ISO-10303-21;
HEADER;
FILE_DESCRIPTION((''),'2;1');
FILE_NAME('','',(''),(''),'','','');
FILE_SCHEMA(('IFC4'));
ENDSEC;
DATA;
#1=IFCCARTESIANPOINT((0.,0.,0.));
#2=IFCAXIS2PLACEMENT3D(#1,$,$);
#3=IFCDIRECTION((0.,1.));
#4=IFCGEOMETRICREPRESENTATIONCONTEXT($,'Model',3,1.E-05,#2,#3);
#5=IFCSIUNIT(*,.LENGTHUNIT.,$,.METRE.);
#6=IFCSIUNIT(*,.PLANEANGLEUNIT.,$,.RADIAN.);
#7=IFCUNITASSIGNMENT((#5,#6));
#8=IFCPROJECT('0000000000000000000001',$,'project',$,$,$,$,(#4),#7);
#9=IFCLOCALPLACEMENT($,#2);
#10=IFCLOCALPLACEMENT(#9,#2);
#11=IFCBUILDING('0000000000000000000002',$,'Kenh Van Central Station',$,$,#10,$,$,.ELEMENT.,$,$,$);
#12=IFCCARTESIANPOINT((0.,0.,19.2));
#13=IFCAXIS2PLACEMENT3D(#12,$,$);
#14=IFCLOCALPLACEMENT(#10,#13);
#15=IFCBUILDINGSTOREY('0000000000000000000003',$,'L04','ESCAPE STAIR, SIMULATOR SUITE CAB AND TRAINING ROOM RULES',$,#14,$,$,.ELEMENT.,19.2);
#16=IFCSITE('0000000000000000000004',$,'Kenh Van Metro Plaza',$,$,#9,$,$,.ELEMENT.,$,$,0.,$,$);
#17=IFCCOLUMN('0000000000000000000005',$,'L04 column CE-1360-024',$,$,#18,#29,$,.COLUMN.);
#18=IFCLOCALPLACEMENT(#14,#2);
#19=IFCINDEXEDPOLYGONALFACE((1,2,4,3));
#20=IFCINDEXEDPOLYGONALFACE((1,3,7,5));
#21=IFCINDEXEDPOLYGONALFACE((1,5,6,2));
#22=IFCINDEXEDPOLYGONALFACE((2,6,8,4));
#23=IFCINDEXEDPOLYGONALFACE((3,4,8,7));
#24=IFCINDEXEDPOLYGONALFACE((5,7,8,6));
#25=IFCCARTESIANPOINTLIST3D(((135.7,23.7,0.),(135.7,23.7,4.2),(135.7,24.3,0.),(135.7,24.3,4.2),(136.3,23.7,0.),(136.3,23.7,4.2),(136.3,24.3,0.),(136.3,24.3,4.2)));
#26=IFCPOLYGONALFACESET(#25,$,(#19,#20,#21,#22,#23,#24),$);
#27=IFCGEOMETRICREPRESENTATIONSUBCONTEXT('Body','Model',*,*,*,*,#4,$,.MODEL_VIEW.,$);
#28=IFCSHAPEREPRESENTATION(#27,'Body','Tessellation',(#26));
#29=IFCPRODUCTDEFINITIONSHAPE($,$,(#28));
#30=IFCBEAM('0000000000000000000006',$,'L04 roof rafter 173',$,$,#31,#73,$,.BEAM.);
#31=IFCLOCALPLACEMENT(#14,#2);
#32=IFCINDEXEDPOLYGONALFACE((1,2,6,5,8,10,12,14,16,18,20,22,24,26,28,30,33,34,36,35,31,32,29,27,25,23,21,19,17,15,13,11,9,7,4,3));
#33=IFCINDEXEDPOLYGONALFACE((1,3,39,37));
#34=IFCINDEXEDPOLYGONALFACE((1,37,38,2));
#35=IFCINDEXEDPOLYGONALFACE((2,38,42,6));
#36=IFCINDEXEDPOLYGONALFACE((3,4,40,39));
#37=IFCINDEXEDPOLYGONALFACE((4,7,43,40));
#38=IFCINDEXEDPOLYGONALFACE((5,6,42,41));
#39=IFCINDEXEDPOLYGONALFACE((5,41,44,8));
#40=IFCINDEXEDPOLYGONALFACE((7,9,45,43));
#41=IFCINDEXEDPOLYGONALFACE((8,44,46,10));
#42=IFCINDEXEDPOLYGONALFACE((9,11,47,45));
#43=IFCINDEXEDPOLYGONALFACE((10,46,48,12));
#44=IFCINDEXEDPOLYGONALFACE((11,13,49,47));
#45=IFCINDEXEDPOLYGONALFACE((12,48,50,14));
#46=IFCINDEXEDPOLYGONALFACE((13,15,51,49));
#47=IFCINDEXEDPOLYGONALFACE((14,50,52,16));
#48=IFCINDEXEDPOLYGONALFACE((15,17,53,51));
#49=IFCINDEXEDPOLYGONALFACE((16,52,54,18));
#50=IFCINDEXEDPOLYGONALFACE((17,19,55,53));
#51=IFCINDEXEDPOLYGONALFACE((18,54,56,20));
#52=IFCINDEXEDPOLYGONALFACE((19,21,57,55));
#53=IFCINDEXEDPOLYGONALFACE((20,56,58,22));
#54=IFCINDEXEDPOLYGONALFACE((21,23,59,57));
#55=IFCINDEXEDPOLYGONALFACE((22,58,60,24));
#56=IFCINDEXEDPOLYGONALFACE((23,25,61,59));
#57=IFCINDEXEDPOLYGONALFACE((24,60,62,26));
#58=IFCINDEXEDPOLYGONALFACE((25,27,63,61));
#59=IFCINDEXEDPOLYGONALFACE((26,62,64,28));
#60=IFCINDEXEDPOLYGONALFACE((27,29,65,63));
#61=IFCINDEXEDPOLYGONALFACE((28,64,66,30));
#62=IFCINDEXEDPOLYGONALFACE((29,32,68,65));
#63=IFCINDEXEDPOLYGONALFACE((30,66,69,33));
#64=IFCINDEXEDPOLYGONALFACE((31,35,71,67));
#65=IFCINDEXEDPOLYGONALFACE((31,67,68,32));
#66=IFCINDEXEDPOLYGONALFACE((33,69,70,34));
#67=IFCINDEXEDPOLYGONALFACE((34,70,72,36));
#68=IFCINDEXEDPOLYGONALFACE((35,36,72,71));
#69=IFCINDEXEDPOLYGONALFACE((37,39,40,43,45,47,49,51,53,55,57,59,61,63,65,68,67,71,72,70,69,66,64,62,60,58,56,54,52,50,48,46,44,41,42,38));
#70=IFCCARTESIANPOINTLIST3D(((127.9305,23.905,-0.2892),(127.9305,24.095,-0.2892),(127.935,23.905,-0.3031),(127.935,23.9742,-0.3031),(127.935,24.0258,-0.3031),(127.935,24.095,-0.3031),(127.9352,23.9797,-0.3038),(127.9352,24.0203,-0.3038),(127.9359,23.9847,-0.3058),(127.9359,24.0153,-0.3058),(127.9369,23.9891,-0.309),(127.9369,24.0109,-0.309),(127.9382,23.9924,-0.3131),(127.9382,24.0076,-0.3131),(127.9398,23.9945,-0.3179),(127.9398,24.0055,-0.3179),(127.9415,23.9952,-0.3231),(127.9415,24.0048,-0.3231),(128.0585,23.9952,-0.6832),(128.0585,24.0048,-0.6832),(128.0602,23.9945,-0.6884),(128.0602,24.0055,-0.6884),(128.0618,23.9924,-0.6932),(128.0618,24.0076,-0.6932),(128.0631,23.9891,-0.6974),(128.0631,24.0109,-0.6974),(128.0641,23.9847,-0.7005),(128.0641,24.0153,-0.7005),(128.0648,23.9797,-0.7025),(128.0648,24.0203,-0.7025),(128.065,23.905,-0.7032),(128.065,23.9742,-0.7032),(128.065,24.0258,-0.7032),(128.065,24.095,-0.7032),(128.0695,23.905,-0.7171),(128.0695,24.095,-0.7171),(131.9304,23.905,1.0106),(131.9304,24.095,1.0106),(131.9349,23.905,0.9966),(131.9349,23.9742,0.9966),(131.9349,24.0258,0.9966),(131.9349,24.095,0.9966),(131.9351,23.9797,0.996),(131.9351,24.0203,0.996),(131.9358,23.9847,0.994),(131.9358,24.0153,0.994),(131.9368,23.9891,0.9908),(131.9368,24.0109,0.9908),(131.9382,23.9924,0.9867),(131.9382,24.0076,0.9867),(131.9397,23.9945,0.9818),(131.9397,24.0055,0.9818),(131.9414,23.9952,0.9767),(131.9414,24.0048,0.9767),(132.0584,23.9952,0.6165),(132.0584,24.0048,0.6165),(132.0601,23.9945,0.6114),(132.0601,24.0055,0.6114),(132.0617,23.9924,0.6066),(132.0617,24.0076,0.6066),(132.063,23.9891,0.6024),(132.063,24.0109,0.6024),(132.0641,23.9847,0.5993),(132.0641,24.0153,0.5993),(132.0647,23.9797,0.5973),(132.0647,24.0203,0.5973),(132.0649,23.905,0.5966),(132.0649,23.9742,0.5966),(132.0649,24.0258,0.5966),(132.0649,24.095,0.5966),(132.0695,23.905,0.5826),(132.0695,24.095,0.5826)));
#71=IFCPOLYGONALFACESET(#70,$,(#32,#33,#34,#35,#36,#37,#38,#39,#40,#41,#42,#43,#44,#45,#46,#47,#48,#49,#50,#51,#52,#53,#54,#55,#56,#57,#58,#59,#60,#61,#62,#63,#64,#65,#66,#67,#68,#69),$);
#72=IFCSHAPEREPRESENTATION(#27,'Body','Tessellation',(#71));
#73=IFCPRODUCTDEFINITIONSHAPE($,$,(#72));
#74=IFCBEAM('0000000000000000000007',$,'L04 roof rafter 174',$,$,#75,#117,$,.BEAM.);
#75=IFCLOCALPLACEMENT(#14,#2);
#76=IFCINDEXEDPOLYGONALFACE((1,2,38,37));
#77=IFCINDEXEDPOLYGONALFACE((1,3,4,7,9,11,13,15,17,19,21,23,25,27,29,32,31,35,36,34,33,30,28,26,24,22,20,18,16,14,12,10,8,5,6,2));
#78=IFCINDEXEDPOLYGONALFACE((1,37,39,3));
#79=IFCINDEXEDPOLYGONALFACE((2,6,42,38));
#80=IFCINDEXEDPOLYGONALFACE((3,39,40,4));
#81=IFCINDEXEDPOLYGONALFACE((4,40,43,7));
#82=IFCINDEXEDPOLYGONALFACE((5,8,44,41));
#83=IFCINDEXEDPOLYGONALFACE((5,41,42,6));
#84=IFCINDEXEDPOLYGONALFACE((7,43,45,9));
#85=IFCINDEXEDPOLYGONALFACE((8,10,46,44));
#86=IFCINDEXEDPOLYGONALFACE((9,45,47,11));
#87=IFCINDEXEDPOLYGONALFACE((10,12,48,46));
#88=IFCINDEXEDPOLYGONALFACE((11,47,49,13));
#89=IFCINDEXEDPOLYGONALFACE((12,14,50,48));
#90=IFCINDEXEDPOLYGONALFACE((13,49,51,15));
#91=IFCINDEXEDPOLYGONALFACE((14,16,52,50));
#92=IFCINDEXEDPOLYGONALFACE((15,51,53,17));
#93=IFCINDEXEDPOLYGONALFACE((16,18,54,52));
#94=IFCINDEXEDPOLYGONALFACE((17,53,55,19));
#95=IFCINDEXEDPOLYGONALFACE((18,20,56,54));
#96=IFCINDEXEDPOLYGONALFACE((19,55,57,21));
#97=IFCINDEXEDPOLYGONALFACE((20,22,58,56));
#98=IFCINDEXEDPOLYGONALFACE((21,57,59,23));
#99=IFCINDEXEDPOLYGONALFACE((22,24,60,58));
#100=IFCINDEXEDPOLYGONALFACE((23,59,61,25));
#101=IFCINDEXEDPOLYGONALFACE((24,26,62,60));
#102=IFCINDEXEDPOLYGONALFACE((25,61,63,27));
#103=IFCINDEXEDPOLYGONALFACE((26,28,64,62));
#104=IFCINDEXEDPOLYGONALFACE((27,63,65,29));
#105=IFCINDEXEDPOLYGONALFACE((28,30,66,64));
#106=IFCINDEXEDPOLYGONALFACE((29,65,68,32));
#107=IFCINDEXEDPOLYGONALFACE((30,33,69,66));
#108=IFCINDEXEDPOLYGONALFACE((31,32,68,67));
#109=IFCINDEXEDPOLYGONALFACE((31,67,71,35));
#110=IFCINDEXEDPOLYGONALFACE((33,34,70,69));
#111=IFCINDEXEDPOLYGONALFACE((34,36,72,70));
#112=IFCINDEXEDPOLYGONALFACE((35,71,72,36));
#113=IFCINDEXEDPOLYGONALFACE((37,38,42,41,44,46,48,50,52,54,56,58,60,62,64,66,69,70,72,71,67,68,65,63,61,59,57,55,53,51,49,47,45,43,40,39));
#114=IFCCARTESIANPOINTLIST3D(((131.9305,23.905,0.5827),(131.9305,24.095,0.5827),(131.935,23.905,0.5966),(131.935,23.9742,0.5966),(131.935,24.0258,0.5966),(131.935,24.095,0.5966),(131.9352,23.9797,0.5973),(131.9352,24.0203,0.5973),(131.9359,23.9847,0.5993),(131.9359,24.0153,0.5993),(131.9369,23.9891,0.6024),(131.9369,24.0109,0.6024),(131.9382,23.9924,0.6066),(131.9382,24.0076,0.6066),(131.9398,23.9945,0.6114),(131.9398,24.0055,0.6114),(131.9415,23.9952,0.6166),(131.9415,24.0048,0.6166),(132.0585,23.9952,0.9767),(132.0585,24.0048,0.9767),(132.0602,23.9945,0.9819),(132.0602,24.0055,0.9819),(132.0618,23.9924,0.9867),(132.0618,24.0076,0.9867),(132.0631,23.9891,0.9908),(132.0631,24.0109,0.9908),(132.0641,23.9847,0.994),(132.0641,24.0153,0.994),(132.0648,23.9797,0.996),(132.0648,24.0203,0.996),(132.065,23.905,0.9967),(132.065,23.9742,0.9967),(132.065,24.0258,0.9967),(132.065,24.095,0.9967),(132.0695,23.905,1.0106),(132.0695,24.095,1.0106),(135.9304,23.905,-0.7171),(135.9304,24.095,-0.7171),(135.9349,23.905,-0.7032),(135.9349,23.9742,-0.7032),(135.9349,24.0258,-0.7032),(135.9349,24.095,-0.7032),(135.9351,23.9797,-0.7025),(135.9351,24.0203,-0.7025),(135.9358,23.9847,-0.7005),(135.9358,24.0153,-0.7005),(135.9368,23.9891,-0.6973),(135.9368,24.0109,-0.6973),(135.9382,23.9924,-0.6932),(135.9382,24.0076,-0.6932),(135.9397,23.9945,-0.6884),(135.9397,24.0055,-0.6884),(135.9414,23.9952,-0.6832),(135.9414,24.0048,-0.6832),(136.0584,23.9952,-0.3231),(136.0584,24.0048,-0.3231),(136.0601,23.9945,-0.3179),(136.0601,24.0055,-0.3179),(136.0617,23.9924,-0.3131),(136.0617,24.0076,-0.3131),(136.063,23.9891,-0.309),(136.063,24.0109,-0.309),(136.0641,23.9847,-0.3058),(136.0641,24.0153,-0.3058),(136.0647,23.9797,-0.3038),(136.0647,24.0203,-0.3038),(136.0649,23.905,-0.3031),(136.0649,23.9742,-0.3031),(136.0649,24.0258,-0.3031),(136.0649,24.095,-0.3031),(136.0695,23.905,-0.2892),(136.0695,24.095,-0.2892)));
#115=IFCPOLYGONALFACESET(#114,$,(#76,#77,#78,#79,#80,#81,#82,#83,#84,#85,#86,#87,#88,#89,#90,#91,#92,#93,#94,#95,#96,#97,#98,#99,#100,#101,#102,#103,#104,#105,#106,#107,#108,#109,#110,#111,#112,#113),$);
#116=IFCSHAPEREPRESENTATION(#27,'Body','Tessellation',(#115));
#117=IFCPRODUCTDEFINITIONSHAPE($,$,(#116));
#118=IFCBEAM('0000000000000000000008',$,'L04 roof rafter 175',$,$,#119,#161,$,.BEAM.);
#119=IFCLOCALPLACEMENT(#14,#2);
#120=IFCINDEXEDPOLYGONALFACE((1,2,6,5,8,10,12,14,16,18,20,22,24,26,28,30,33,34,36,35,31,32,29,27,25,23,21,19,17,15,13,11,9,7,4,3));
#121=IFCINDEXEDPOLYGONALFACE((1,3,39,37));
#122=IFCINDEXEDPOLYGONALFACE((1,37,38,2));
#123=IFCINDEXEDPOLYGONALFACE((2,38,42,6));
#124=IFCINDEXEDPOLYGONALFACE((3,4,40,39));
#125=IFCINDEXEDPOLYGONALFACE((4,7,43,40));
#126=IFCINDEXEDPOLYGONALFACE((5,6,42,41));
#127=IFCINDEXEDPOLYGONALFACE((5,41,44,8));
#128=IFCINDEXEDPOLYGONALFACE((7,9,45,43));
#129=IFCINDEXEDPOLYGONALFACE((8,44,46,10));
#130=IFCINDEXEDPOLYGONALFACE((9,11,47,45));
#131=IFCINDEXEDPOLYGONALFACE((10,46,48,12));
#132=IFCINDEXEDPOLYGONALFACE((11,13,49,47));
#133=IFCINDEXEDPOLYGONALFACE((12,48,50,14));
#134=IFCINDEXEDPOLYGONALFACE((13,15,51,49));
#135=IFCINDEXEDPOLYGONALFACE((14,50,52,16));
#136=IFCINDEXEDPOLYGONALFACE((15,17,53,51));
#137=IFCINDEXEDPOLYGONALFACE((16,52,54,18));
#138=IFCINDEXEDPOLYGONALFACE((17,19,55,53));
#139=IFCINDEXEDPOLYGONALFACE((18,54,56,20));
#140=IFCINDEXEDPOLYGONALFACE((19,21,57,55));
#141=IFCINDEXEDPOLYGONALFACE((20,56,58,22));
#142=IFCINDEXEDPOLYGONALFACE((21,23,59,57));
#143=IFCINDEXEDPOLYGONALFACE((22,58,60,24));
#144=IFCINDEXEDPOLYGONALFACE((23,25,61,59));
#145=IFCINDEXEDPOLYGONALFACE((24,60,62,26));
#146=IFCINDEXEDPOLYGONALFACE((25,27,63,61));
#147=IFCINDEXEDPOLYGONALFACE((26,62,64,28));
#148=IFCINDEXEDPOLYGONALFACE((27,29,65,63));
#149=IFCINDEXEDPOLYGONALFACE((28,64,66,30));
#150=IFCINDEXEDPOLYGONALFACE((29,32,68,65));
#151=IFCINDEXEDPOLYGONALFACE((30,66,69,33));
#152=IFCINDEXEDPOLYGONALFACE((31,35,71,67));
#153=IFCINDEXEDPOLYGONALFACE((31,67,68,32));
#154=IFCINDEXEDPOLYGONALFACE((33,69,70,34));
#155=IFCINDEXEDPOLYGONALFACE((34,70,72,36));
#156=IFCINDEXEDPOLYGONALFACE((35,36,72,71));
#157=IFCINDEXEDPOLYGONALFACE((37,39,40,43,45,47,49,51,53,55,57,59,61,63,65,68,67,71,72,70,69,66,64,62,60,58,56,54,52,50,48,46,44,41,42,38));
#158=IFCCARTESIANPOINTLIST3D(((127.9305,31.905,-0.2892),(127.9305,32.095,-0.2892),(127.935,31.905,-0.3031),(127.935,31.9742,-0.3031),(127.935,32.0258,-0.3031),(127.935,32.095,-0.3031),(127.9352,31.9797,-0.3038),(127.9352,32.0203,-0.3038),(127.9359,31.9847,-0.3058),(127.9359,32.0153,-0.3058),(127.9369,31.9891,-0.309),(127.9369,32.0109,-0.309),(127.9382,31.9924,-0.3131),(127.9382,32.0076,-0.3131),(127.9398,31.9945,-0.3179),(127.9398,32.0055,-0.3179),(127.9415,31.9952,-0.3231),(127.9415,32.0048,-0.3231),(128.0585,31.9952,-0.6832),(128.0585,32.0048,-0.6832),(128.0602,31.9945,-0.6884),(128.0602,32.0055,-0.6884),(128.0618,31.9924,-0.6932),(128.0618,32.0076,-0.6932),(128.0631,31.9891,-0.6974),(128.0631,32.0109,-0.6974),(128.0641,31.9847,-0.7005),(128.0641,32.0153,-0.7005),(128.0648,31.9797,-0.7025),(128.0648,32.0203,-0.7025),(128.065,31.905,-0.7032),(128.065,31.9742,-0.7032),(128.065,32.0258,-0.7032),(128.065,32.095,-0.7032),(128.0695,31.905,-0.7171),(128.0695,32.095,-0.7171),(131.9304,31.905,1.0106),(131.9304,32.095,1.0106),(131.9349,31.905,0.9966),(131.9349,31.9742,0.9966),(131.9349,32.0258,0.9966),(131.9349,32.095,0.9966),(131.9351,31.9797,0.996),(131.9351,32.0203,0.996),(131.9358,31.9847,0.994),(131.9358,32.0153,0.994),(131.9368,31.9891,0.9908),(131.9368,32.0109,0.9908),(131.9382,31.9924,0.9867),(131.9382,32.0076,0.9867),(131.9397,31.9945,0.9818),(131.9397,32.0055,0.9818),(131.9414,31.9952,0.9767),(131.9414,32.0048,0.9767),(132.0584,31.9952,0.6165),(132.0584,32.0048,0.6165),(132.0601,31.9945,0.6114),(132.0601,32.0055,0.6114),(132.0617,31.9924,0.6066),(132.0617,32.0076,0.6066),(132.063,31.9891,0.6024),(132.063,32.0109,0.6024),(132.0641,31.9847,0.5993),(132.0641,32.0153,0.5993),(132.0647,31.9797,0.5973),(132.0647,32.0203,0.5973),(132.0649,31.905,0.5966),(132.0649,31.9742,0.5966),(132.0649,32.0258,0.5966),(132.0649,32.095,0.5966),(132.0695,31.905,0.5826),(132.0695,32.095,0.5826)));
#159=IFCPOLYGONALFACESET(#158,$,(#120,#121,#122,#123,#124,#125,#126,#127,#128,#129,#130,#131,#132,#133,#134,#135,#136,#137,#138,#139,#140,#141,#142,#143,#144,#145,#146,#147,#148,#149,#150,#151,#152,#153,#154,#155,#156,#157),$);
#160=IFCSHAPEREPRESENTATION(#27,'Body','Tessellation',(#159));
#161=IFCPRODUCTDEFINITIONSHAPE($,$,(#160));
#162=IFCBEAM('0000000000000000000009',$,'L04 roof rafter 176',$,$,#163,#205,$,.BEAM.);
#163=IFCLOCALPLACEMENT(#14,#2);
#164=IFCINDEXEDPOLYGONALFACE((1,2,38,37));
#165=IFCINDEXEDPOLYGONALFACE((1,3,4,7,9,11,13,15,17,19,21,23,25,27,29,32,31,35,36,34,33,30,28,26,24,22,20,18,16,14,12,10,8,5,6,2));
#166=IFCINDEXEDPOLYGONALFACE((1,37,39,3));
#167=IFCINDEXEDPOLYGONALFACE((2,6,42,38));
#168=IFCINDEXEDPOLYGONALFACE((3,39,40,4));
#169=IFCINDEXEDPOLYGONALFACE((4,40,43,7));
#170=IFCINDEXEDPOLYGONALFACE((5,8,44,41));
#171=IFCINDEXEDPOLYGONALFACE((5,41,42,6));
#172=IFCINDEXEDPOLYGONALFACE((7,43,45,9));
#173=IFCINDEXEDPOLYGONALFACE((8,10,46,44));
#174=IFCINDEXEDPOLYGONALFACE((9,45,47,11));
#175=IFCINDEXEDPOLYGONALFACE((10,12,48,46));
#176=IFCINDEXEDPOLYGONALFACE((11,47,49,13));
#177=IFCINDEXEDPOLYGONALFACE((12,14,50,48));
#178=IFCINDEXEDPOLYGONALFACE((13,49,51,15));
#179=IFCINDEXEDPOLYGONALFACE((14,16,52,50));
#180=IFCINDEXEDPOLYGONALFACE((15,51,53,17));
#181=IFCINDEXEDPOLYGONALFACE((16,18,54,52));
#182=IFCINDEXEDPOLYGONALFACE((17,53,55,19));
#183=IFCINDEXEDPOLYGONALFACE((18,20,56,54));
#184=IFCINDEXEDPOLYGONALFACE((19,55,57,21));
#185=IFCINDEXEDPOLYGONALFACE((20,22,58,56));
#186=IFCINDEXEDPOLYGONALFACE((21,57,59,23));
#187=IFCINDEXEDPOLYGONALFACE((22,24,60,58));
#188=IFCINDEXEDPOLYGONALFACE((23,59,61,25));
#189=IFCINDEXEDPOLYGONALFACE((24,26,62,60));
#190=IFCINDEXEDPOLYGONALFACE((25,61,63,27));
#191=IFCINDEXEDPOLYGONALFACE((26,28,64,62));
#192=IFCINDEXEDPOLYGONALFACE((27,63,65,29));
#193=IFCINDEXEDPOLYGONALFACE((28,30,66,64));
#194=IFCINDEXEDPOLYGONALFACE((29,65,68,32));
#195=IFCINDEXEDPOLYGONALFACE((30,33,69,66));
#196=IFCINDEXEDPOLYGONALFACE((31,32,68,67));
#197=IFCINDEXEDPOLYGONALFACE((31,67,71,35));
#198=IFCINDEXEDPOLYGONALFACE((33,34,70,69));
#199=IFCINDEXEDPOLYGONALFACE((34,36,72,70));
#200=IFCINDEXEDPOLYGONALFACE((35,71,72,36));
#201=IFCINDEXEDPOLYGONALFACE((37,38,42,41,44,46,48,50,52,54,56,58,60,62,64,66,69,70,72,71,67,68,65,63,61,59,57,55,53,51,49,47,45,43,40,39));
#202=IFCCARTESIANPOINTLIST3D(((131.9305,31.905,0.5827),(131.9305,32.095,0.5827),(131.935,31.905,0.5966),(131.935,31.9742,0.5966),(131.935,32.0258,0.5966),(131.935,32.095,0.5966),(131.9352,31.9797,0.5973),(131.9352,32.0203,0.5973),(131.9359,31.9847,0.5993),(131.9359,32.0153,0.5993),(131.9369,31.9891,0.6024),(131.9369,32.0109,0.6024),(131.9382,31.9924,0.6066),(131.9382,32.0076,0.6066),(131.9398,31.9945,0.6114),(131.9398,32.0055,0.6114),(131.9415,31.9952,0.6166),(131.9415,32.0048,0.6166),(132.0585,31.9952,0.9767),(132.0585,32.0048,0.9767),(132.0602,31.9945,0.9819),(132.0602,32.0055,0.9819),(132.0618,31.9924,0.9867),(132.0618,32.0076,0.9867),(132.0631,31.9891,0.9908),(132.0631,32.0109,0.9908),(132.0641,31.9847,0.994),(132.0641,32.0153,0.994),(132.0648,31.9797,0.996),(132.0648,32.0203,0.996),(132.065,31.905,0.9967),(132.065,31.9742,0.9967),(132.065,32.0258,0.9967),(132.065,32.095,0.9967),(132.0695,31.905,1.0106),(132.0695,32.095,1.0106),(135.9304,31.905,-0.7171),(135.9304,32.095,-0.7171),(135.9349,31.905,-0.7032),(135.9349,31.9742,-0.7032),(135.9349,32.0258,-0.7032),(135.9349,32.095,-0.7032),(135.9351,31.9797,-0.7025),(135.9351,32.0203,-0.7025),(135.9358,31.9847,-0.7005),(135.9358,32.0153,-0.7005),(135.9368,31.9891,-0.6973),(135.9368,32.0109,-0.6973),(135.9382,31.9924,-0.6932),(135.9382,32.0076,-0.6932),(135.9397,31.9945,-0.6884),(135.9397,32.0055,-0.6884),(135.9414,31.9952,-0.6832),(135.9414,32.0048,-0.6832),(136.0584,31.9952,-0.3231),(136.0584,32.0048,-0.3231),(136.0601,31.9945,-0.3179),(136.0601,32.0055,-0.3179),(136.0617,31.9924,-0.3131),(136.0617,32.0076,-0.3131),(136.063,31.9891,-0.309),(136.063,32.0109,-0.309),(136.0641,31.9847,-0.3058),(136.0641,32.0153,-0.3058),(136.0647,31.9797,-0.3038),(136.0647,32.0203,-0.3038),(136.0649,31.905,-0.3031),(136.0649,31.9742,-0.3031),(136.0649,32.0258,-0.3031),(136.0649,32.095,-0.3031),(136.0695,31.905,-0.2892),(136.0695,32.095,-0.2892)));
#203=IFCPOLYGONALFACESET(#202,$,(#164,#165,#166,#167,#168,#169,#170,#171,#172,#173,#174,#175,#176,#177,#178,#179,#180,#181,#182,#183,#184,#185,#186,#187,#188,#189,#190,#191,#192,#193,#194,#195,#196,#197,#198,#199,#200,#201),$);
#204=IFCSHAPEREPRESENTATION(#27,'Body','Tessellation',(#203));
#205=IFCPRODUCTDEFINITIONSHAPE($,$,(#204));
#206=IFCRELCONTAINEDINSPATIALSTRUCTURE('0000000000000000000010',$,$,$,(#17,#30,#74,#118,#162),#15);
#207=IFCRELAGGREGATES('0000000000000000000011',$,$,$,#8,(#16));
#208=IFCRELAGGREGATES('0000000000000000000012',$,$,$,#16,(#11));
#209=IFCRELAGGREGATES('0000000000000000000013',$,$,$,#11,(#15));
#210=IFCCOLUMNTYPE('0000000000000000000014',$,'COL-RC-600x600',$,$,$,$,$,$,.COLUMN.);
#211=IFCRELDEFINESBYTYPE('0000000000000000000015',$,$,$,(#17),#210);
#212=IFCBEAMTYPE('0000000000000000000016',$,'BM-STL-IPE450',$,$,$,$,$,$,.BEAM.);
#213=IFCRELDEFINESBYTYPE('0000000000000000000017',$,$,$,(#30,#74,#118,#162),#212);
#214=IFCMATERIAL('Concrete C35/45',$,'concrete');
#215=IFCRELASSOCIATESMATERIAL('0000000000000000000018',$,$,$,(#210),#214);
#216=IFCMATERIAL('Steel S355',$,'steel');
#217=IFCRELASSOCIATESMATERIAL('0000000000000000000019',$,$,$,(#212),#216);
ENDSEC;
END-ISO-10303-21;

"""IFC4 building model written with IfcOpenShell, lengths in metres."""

from ifc_helpers import new_model, si_unit, direction, frame, origin, origin_2d, place, context, subcontext, project, spatial, rectangle, i_section, extrude, material, material_profile, profile_set, type_object, element, save


model = new_model("IFC4")

# Units and contexts
model_context = context("Model", 3, precision=1e-05, world=origin(), true_north=direction((0.0, 1.0)))
body_context = subcontext(model_context, "Body", "Model", "MODEL_VIEW")
ifc_project = project(units=[si_unit("LENGTHUNIT", "METRE"), si_unit("PLANEANGLEUNIT", "RADIAN")], contexts=[model_context])

# Site, building, storey
site_placement = place(None, origin())
site = spatial("IfcSite", under=ifc_project, at=site_placement, Name="Kenh Van Metro Plaza", CompositionType="ELEMENT", RefElevation=0.0)
building_placement = place(site_placement, origin())
building = spatial("IfcBuilding", under=site, at=building_placement, Name="Kenh Van Central Station", CompositionType="ELEMENT")
storey_placement = place(building_placement, frame((0.0, 0.0, 19.2)))
storey = spatial("IfcBuildingStorey", under=building, at=storey_placement, Name="L04", Description="ESCAPE STAIR, SIMULATOR SUITE CAB AND TRAINING ROOM RULES", CompositionType="ELEMENT", Elevation=19.2)

# Column
ifc_material_1 = material(Name="Concrete C35/45", Category="concrete")
ifc_material_profile_1 = material_profile(ifc_material_1, rectangle(XDim=0.6001, YDim=0.6001, at=origin_2d()), Name="RC 600x600")
ifc_profile_set_1 = profile_set([ifc_material_profile_1], Name="Concrete C35/45")
column_type = type_object("IfcColumnType", Name="COL-RC-600x600", PredefinedType="COLUMN", material=ifc_profile_set_1)
column_placement = place(storey_placement, frame((136.0, 24.0, 0.0), z_axis=(0.0, 0.0, 1.0), x_axis=(1.0, 0.0, 0.0)))
element("IfcColumn", 1, at=column_placement, inside=storey, type_object=column_type, Name="L04 column CE-1360-024", PredefinedType="COLUMN", context=body_context, shape_type="SweptSolid", body=[
    extrude(rectangle(XDim=0.6001, YDim=0.6001, at=origin_2d()), origin(), (0.0, 0.0, 1.0), 4.2),
])

# Beams
ifc_material_2 = material(Name="Steel S355", Category="steel")
ifc_material_profile_2 = material_profile(ifc_material_2, i_section(OverallWidth=0.1899, OverallDepth=0.45, WebThickness=0.0095, FlangeThickness=0.0146, FilletRadius=0.021, at=origin_2d()), Name="IPE 450")
ifc_profile_set_2 = profile_set([ifc_material_profile_2], Name="Steel S355")
beam_type_1 = type_object("IfcBeamType", Name="BM-STL-IPE450", PredefinedType="BEAM", material=ifc_profile_set_2)
for number, where, z_axis, x_axis, name in (
    (2, (128.0, 24.0, -0.5032), (0.951048, 0.0, 0.309044), (0.0, 1.0, 0.0), "L04 roof rafter 173"),
    (3, (132.0, 24.0, 0.7966), (0.951048, 0.0, -0.309044), (0.0, 1.0, 0.0), "L04 roof rafter 174"),
    (4, (128.0, 32.0, -0.5032), (0.951048, 0.0, 0.309044), (0.0, 1.0, 0.0), "L04 roof rafter 175"),
    (5, (132.0, 32.0, 0.7966), (0.951048, 0.0, -0.309044), (0.0, 1.0, 0.0), "L04 roof rafter 176"),
):
    element("IfcBeam", number, at=place(storey_placement, frame(where, z_axis=z_axis, x_axis=x_axis)), inside=storey, type_object=beam_type_1, Name=name, PredefinedType="BEAM", context=body_context, shape_type="SweptSolid", body=[
        extrude(i_section(OverallWidth=0.1899, OverallDepth=0.45, WebThickness=0.0095, FlangeThickness=0.0146, FilletRadius=0.021, at=origin_2d()), origin(), (0.0, 0.0, 1.0), 4.2058),
    ])

save(model, "model.ifc")
